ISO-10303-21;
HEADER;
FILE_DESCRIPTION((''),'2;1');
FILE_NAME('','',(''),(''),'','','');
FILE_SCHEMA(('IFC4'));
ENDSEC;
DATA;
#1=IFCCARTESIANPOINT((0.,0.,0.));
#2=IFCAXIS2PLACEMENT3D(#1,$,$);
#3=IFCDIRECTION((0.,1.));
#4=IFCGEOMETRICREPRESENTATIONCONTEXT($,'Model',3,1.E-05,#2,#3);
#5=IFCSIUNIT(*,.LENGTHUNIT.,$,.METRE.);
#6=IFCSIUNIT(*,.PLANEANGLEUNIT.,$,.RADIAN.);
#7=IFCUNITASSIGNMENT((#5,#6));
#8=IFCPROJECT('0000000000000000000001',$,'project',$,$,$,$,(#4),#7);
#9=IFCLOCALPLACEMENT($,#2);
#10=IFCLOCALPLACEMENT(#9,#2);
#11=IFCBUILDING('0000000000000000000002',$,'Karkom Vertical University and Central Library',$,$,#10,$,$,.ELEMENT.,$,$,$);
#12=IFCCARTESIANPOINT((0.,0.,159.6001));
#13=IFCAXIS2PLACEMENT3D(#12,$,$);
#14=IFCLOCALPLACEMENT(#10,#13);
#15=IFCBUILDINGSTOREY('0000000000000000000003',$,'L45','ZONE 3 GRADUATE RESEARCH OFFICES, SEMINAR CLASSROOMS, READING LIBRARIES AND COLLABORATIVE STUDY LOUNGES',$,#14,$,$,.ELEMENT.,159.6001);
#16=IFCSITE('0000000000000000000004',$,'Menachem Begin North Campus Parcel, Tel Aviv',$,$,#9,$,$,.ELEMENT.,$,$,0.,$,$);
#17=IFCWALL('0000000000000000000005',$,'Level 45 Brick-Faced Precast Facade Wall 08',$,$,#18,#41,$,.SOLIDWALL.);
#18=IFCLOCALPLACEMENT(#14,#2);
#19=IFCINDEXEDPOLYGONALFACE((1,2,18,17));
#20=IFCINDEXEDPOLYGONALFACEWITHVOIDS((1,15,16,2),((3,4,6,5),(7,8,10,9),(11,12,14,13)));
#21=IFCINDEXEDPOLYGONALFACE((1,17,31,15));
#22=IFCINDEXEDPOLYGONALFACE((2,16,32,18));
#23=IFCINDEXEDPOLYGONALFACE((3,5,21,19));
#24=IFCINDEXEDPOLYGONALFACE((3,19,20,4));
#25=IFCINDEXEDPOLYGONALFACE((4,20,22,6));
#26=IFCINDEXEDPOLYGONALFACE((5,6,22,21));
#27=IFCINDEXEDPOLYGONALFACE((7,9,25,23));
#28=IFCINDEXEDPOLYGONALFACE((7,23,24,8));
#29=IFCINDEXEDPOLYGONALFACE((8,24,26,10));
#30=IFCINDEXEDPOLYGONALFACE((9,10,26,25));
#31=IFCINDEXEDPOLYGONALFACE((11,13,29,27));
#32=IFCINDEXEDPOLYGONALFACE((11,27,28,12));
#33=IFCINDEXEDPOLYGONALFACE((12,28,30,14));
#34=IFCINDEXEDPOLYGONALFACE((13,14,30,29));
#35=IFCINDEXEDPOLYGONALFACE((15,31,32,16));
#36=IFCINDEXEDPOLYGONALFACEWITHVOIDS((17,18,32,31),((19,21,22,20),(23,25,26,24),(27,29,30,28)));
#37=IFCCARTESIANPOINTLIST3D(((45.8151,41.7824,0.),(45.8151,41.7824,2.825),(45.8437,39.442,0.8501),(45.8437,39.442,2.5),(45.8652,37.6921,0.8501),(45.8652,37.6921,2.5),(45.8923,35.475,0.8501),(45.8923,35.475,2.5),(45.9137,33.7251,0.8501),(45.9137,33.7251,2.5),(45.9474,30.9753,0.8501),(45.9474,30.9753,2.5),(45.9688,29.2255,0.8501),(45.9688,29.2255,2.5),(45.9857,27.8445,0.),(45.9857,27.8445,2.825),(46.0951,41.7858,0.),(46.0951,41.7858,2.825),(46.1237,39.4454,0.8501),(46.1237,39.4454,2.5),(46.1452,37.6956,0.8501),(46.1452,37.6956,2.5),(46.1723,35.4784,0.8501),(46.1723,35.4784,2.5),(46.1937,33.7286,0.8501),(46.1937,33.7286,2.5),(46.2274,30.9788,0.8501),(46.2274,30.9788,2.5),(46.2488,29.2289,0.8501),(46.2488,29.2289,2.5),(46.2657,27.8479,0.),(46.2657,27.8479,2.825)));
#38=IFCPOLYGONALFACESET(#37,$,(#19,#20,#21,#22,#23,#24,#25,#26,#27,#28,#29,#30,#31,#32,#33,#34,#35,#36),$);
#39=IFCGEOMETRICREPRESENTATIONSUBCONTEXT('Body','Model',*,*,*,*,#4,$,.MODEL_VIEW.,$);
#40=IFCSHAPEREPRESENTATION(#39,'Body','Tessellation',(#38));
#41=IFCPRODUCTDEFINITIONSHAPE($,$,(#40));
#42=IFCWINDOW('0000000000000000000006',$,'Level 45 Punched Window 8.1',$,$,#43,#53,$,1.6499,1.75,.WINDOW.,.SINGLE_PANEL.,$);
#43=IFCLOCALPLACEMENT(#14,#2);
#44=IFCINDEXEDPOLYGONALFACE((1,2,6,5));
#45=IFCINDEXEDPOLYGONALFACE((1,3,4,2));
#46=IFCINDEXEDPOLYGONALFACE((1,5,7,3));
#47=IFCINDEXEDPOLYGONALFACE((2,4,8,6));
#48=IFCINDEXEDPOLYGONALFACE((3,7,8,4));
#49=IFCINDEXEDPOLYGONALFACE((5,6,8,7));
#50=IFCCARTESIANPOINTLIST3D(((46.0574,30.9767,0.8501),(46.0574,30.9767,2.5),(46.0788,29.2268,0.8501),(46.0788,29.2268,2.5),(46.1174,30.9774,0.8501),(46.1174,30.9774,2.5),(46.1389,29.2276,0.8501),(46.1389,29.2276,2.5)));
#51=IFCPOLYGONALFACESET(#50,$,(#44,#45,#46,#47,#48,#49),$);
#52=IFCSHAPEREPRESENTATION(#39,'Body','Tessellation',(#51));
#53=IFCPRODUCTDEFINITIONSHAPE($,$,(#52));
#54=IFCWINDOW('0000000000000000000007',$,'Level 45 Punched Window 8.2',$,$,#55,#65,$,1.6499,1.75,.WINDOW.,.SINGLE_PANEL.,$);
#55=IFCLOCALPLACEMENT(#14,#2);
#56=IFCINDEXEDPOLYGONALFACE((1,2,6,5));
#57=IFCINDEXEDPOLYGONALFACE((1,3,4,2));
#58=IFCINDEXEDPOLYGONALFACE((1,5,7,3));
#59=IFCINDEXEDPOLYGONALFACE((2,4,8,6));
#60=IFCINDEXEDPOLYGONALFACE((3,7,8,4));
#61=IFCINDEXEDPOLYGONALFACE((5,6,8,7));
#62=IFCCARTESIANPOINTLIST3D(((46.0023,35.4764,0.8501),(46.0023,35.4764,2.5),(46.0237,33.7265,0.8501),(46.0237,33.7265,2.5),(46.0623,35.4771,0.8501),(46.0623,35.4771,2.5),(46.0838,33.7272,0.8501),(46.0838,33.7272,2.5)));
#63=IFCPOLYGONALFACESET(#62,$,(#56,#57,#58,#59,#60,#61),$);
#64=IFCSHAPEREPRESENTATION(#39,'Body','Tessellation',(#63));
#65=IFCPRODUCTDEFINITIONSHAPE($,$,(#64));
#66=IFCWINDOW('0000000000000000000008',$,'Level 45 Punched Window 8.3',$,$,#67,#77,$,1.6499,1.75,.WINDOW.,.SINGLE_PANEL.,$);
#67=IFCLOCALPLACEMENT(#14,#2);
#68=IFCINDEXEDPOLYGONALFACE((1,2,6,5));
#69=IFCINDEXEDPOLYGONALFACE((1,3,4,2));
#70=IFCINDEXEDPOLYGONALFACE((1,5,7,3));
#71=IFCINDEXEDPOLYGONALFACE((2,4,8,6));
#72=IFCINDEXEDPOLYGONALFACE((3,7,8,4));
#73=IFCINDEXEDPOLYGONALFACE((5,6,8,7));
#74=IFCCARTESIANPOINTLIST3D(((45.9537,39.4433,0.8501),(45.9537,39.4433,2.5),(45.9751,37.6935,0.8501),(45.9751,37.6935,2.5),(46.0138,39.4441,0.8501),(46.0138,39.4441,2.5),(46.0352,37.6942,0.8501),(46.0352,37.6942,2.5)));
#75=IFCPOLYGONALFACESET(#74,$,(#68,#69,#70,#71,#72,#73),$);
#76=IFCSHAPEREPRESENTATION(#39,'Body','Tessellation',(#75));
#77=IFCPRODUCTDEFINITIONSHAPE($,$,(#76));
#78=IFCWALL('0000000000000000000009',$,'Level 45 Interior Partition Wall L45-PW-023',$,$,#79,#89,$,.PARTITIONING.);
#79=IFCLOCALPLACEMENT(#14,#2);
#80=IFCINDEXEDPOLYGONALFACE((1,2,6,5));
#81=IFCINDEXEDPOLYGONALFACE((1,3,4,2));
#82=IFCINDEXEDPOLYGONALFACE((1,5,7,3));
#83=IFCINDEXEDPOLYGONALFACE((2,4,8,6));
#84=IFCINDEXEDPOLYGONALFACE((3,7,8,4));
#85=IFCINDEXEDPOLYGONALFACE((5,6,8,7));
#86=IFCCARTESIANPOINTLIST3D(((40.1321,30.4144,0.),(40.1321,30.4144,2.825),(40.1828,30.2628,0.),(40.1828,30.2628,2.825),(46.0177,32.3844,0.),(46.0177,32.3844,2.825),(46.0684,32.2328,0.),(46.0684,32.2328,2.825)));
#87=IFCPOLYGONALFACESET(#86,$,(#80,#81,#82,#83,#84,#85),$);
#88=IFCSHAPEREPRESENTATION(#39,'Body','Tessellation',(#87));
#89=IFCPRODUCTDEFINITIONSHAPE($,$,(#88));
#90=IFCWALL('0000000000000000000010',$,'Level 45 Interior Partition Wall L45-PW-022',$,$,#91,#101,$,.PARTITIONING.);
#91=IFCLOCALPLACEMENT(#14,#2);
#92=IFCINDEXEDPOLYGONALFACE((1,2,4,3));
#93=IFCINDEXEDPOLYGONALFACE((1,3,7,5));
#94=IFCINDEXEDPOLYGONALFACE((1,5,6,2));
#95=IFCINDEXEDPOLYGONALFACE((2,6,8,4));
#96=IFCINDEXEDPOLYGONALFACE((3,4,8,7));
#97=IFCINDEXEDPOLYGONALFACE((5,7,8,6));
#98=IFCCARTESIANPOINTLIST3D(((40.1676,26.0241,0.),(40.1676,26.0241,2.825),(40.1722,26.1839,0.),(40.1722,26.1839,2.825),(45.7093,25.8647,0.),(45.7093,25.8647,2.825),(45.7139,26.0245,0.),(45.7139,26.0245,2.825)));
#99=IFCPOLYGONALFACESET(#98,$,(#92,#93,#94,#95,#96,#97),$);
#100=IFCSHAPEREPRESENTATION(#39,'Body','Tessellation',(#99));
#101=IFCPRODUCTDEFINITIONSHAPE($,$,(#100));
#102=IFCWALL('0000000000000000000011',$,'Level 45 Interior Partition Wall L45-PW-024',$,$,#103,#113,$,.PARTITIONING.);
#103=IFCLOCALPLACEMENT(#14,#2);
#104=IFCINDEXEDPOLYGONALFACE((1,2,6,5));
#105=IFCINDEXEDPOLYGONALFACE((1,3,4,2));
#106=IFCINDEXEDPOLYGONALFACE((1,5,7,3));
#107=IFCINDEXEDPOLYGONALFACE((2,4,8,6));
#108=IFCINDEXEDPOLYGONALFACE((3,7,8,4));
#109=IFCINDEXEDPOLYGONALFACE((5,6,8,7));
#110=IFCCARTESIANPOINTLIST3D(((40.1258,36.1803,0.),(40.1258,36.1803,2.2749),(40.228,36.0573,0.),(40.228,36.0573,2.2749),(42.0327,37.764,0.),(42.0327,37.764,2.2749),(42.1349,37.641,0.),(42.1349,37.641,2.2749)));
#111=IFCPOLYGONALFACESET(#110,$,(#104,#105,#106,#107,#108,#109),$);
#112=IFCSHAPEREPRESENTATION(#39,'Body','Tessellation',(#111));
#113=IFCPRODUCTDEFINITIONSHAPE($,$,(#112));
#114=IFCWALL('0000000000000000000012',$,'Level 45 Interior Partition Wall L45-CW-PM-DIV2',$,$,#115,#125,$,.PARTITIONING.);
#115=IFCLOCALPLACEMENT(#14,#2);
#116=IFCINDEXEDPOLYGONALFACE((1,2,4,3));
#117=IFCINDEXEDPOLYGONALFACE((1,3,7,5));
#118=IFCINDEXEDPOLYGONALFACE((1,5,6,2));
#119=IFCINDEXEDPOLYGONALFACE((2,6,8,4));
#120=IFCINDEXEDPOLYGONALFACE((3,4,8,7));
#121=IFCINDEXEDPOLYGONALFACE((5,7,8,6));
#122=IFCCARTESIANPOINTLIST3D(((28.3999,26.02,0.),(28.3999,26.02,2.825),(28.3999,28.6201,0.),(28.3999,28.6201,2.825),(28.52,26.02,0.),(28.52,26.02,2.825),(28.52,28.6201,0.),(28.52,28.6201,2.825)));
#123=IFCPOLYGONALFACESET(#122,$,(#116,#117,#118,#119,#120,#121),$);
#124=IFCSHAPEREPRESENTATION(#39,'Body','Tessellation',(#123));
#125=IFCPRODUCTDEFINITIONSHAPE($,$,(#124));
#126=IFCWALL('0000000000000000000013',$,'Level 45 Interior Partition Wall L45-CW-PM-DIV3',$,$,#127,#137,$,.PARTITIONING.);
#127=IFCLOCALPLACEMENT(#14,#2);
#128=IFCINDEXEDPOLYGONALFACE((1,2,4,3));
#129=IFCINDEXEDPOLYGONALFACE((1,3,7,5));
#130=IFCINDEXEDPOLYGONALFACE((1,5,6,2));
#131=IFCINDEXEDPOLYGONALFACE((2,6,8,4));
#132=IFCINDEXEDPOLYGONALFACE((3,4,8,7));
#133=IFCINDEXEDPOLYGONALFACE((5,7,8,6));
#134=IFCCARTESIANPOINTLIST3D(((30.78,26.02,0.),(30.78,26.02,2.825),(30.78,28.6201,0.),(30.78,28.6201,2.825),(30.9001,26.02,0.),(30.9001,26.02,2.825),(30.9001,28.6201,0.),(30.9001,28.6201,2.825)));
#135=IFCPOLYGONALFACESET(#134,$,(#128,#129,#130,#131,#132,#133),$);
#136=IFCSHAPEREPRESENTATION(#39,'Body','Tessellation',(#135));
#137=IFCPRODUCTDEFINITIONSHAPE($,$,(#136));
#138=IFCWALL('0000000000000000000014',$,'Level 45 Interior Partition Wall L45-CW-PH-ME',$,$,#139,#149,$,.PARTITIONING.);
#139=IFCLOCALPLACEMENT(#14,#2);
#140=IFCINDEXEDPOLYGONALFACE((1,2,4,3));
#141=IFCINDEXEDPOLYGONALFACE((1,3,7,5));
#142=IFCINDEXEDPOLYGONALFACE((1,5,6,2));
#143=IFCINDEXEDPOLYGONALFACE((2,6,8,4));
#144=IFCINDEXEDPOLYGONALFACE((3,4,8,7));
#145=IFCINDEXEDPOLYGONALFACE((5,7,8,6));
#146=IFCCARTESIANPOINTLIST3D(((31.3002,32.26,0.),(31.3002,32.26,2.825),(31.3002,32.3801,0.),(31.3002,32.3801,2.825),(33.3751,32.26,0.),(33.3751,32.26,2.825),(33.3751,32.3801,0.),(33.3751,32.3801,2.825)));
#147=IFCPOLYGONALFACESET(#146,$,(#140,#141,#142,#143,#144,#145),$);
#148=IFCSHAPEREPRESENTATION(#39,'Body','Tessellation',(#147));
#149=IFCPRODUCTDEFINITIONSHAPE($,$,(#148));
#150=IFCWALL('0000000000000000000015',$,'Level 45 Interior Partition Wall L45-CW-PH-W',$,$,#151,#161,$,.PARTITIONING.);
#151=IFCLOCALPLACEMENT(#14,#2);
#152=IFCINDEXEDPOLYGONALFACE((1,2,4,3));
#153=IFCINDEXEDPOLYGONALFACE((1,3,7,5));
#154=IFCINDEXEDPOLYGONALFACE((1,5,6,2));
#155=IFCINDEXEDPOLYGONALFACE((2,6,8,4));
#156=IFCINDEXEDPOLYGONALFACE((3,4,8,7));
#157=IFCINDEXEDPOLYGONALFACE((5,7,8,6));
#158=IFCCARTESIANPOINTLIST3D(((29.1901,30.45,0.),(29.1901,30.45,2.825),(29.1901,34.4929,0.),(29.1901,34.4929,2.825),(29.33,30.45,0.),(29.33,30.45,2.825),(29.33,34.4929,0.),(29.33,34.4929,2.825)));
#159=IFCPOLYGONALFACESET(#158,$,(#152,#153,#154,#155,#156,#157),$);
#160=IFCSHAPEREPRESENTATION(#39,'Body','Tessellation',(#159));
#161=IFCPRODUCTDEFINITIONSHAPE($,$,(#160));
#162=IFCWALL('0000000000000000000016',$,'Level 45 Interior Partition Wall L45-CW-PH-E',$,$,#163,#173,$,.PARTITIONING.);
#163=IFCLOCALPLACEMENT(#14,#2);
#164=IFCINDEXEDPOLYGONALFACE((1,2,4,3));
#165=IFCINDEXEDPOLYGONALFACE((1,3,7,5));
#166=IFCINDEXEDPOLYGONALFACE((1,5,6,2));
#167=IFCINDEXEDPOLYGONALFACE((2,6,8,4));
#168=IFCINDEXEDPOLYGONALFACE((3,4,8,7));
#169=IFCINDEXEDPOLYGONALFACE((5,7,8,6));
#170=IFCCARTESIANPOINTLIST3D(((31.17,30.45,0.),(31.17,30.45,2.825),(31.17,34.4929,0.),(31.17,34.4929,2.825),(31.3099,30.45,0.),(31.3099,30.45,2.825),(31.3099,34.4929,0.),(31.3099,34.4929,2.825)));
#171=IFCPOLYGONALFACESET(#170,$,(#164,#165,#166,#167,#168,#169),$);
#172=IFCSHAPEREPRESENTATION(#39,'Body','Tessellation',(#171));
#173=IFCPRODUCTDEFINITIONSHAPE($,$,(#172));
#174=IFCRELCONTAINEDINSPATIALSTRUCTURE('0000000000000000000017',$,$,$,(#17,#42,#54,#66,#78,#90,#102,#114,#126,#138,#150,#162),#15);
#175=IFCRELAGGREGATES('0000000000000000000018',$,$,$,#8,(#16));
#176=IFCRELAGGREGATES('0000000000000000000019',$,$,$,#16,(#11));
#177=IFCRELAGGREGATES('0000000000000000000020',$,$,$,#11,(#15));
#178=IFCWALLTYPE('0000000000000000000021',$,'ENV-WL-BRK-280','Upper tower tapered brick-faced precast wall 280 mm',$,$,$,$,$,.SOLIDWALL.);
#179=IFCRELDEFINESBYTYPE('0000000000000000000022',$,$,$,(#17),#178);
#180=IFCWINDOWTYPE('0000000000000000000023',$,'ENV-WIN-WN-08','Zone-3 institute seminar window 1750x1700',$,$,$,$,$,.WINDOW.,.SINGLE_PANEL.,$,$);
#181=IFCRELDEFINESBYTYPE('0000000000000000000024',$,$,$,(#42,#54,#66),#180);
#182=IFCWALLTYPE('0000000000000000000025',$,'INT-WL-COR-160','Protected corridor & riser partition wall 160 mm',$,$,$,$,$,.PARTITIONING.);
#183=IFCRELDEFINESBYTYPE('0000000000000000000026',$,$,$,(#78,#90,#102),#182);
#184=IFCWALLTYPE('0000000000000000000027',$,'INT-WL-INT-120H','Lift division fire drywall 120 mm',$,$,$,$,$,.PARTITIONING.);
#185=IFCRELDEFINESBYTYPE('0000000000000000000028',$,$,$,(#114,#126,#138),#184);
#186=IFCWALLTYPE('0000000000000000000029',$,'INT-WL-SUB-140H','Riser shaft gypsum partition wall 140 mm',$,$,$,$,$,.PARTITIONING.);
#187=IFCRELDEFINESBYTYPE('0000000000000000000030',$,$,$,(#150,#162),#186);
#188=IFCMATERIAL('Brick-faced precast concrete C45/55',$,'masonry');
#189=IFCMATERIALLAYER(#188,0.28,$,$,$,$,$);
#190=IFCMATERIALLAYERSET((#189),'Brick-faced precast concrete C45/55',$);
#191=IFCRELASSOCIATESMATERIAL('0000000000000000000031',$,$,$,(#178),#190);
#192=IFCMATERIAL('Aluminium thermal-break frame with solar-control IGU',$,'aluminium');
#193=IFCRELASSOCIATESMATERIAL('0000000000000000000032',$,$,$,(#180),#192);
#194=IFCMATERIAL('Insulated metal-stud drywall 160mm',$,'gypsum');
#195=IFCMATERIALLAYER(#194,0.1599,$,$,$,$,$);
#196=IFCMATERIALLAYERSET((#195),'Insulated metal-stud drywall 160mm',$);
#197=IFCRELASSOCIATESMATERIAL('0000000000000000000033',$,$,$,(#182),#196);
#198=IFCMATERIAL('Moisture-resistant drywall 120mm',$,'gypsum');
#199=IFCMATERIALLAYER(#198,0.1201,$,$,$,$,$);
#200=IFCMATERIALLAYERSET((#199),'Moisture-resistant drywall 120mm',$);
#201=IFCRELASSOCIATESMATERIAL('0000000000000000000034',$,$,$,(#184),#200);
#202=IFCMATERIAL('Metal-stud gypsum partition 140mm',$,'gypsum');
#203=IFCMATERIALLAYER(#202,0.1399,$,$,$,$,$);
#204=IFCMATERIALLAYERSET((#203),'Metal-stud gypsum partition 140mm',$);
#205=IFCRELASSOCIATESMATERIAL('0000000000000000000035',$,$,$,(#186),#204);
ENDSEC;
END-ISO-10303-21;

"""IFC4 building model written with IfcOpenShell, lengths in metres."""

from ifc_helpers import new_model, si_unit, direction, frame, frame_2d, origin, origin_with_axes, place, context, subcontext, project, spatial, rectangle, extrude, source, transform, mapped, material, layer, layer_set, type_object, element, fill, save


model = new_model("IFC4")

# Units and contexts
model_context = context("Model", 3, precision=1e-05, world=origin(), true_north=direction((0.0, 1.0)))
body_context = subcontext(model_context, "Body", "Model", "MODEL_VIEW")
ifc_project = project(units=[si_unit("LENGTHUNIT", "METRE"), si_unit("PLANEANGLEUNIT", "RADIAN")], contexts=[model_context])

# Site, building, storey
site_placement = place(None, origin())
site = spatial("IfcSite", under=ifc_project, at=site_placement, Name="Menachem Begin North Campus Parcel, Tel Aviv", CompositionType="ELEMENT", RefElevation=0.0)
building_placement = place(site_placement, origin())
building = spatial("IfcBuilding", under=site, at=building_placement, Name="Karkom Vertical University and Central Library", CompositionType="ELEMENT")
storey_placement = place(building_placement, frame((0.0, 0.0, 159.6001)))
storey = spatial("IfcBuildingStorey", under=building, at=storey_placement, Name="L45", Description="ZONE 3 GRADUATE RESEARCH OFFICES, SEMINAR CLASSROOMS, READING LIBRARIES AND COLLABORATIVE STUDY LOUNGES", CompositionType="ELEMENT", Elevation=159.6001)

# Wall, openings, windows
ifc_material_1 = material(Name="Brick-faced precast concrete C45/55", Category="masonry")
ifc_layer_1 = layer(ifc_material_1, 0.28)
ifc_layer_set_1 = layer_set([ifc_layer_1], Name="Brick-faced precast concrete C45/55")
wall_type_1 = type_object("IfcWallType", Name="ENV-WL-BRK-280", Description="Upper tower tapered brick-faced precast wall 280 mm", PredefinedType="SOLIDWALL", material=ifc_layer_set_1)
wall_1_placement = place(storey_placement, frame((46.1257, 27.8462, 0.0), z_axis=(0.0, 0.0, 1.0), x_axis=(-0.012243, 0.999925, 0.0)))
wall_1 = element("IfcWall", 1, at=wall_1_placement, inside=storey, type_object=wall_type_1, Name="Level 45 Brick-Faced Precast Facade Wall 08", PredefinedType="SOLIDWALL", context=body_context, shape_type="SweptSolid", body=[
    extrude(rectangle(XDim=13.939, YDim=0.28, at=frame_2d((6.9695, 0.0))), origin(), (0.0, 0.0, 1.0), 2.825),
])
opening_1_placement = place(wall_1_placement, frame((1.3811, 0.0, 0.8501)))
opening_1 = element("IfcOpeningElement", 2, at=opening_1_placement, cuts=wall_1, PredefinedType="OPENING", context=body_context, shape_type="SweptSolid", body=[
    extrude(rectangle(XDim=1.75, YDim=1.6499, at=frame_2d((0.875, 0.825))), frame((0.0, 0.1499, 0.0), z_axis=(0.0, -1.0, 0.0), x_axis=(1.0, 0.0, 0.0)), (0.0, 0.0, 1.0), 0.3),
])
opening_2_placement = place(wall_1_placement, frame((5.8811, 0.0, 0.8501)))
opening_2 = element("IfcOpeningElement", 3, at=opening_2_placement, cuts=wall_1, PredefinedType="OPENING", context=body_context, shape_type="SweptSolid", body=[
    extrude(rectangle(XDim=1.75, YDim=1.6499, at=frame_2d((0.875, 0.825))), frame((0.0, 0.1499, 0.0), z_axis=(0.0, -1.0, 0.0), x_axis=(1.0, 0.0, 0.0)), (0.0, 0.0, 1.0), 0.3),
])
opening_3_placement = place(wall_1_placement, frame((9.8484, 0.0, 0.8501)))
opening_3 = element("IfcOpeningElement", 4, at=opening_3_placement, cuts=wall_1, PredefinedType="OPENING", context=body_context, shape_type="SweptSolid", body=[
    extrude(rectangle(XDim=1.75, YDim=1.6499, at=frame_2d((0.875, 0.825))), frame((0.0, 0.1499, 0.0), z_axis=(0.0, -1.0, 0.0), x_axis=(1.0, 0.0, 0.0)), (0.0, 0.0, 1.0), 0.3),
])
ifc_material_2 = material(Name="Aluminium thermal-break frame with solar-control IGU", Category="aluminium")
window_type = type_object("IfcWindowType", Name="ENV-WIN-WN-08", Description="Zone-3 institute seminar window 1750x1700", PartitioningType="SINGLE_PANEL", PredefinedType="WINDOW", material=ifc_material_2)
shared_shape_1 = source(origin_with_axes(), body_context, "Body", "SweptSolid", [
    extrude(rectangle(XDim=1.75, YDim=1.6499, at=frame_2d((0.875, 0.825))), frame((0.0, 0.03, 0.0), z_axis=(0.0, -1.0, 0.0), x_axis=(1.0, 0.0, 0.0)), (0.0, 0.0, 1.0), 0.0601),
])
window_1_placement = place(opening_1_placement, origin())
window_1 = element("IfcWindow", 5, at=window_1_placement, inside=storey, type_object=window_type, Name="Level 45 Punched Window 8.1", OverallHeight=1.6499, OverallWidth=1.75, PartitioningType="SINGLE_PANEL", PredefinedType="WINDOW", context=body_context, shape_type="MappedRepresentation", body=[
    mapped(shared_shape_1, transform((0.0, 0.0, 0.0), scale=1.0)),
])
fill(opening_1, window_1)
window_2_placement = place(opening_2_placement, origin())
window_2 = element("IfcWindow", 6, at=window_2_placement, inside=storey, type_object=window_type, Name="Level 45 Punched Window 8.2", OverallHeight=1.6499, OverallWidth=1.75, PartitioningType="SINGLE_PANEL", PredefinedType="WINDOW", context=body_context, shape_type="MappedRepresentation", body=[
    mapped(shared_shape_1, transform((0.0, 0.0, 0.0), scale=1.0)),
])
fill(opening_2, window_2)
window_3_placement = place(opening_3_placement, origin())
window_3 = element("IfcWindow", 7, at=window_3_placement, inside=storey, type_object=window_type, Name="Level 45 Punched Window 8.3", OverallHeight=1.6499, OverallWidth=1.75, PartitioningType="SINGLE_PANEL", PredefinedType="WINDOW", context=body_context, shape_type="MappedRepresentation", body=[
    mapped(shared_shape_1, transform((0.0, 0.0, 0.0), scale=1.0)),
])
fill(opening_3, window_3)

# Walls
ifc_material_3 = material(Name="Insulated metal-stud drywall 160mm", Category="gypsum")
ifc_layer_2 = layer(ifc_material_3, 0.1599)
ifc_layer_set_2 = layer_set([ifc_layer_2], Name="Insulated metal-stud drywall 160mm")
wall_type_2 = type_object("IfcWallType", Name="INT-WL-COR-160", Description="Protected corridor & riser partition wall 160 mm", PredefinedType="PARTITIONING", material=ifc_layer_set_2)
wall_2_placement = place(storey_placement, frame((40.1575, 30.3386, 0.0), z_axis=(0.0, 0.0, 1.0), x_axis=(0.948289, 0.317408, 0.0)))
element("IfcWall", 8, at=wall_2_placement, inside=storey, type_object=wall_type_2, Name="Level 45 Interior Partition Wall L45-PW-023", PredefinedType="PARTITIONING", context=body_context, shape_type="SweptSolid", body=[
    extrude(rectangle(XDim=6.2065, YDim=0.1599, at=frame_2d((3.1033, 0.0))), origin(), (0.0, 0.0, 1.0), 2.825),
])
wall_3_placement = place(storey_placement, frame((40.1699, 26.104, 0.0), z_axis=(0.0, 0.0, 1.0), x_axis=(0.999586, -0.028756, 0.0)))
element("IfcWall", 9, at=wall_3_placement, inside=storey, type_object=wall_type_2, Name="Level 45 Interior Partition Wall L45-PW-022", PredefinedType="PARTITIONING", context=body_context, shape_type="SweptSolid", body=[
    extrude(rectangle(XDim=5.5439, YDim=0.1599, at=frame_2d((2.772, 0.0))), origin(), (0.0, 0.0, 1.0), 2.825),
])
wall_4_placement = place(storey_placement, frame((40.177, 36.1189, 0.0), z_axis=(0.0, 0.0, 1.0), x_axis=(0.769294, 0.638895, 0.0)))
element("IfcWall", 10, at=wall_4_placement, inside=storey, type_object=wall_type_2, Name="Level 45 Interior Partition Wall L45-PW-024", PredefinedType="PARTITIONING", context=body_context, shape_type="SweptSolid", body=[
    extrude(rectangle(XDim=2.4788, YDim=0.1599, at=frame_2d((1.2393, 0.0))), origin(), (0.0, 0.0, 1.0), 2.2749),
])
ifc_material_4 = material(Name="Moisture-resistant drywall 120mm", Category="gypsum")
ifc_layer_3 = layer(ifc_material_4, 0.1201)
ifc_layer_set_3 = layer_set([ifc_layer_3], Name="Moisture-resistant drywall 120mm")
wall_type_3 = type_object("IfcWallType", Name="INT-WL-INT-120H", Description="Lift division fire drywall 120 mm", PredefinedType="PARTITIONING", material=ifc_layer_set_3)
for number, where, z_axis, x_axis, name in (
    (11, (28.46, 26.02, 0.0), (0.0, 0.0, 1.0), (0.0, 1.0, 0.0), "Level 45 Interior Partition Wall L45-CW-PM-DIV2"),
    (12, (30.8401, 26.02, 0.0), (0.0, 0.0, 1.0), (0.0, 1.0, 0.0), "Level 45 Interior Partition Wall L45-CW-PM-DIV3"),
):
    element("IfcWall", number, at=place(storey_placement, frame(where, z_axis=z_axis, x_axis=x_axis)), inside=storey, type_object=wall_type_3, Name=name, PredefinedType="PARTITIONING", context=body_context, shape_type="SweptSolid", body=[
        extrude(rectangle(XDim=2.6001, YDim=0.1201, at=frame_2d((1.3, 0.0))), origin(), (0.0, 0.0, 1.0), 2.825),
    ])
wall_5_placement = place(storey_placement, frame((31.3, 32.3201, 0.0), z_axis=(0.0, 0.0, 1.0), x_axis=(1.0, 0.0, 0.0)))
element("IfcWall", 13, at=wall_5_placement, inside=storey, type_object=wall_type_3, Name="Level 45 Interior Partition Wall L45-CW-PH-ME", PredefinedType="PARTITIONING", context=body_context, shape_type="SweptSolid", body=[
    extrude(rectangle(XDim=2.075, YDim=0.1201, at=frame_2d((1.0376, 0.0))), origin(), (0.0, 0.0, 1.0), 2.825),
])
ifc_material_5 = material(Name="Metal-stud gypsum partition 140mm", Category="gypsum")
ifc_layer_4 = layer(ifc_material_5, 0.1399)
ifc_layer_set_4 = layer_set([ifc_layer_4], Name="Metal-stud gypsum partition 140mm")
wall_type_4 = type_object("IfcWallType", Name="INT-WL-SUB-140H", Description="Riser shaft gypsum partition wall 140 mm", PredefinedType="PARTITIONING", material=ifc_layer_set_4)
for number, where, z_axis, x_axis, name in (
    (14, (29.26, 30.45, 0.0), (0.0, 0.0, 1.0), (0.0, 1.0, 0.0), "Level 45 Interior Partition Wall L45-CW-PH-W"),
    (15, (31.24, 30.45, 0.0), (0.0, 0.0, 1.0), (0.0, 1.0, 0.0), "Level 45 Interior Partition Wall L45-CW-PH-E"),
):
    element("IfcWall", number, at=place(storey_placement, frame(where, z_axis=z_axis, x_axis=x_axis)), inside=storey, type_object=wall_type_4, Name=name, PredefinedType="PARTITIONING", context=body_context, shape_type="SweptSolid", body=[
        extrude(rectangle(XDim=4.043, YDim=0.1399, at=frame_2d((2.0215, 0.0))), origin(), (0.0, 0.0, 1.0), 2.825),
    ])

save(model, "model.ifc")
